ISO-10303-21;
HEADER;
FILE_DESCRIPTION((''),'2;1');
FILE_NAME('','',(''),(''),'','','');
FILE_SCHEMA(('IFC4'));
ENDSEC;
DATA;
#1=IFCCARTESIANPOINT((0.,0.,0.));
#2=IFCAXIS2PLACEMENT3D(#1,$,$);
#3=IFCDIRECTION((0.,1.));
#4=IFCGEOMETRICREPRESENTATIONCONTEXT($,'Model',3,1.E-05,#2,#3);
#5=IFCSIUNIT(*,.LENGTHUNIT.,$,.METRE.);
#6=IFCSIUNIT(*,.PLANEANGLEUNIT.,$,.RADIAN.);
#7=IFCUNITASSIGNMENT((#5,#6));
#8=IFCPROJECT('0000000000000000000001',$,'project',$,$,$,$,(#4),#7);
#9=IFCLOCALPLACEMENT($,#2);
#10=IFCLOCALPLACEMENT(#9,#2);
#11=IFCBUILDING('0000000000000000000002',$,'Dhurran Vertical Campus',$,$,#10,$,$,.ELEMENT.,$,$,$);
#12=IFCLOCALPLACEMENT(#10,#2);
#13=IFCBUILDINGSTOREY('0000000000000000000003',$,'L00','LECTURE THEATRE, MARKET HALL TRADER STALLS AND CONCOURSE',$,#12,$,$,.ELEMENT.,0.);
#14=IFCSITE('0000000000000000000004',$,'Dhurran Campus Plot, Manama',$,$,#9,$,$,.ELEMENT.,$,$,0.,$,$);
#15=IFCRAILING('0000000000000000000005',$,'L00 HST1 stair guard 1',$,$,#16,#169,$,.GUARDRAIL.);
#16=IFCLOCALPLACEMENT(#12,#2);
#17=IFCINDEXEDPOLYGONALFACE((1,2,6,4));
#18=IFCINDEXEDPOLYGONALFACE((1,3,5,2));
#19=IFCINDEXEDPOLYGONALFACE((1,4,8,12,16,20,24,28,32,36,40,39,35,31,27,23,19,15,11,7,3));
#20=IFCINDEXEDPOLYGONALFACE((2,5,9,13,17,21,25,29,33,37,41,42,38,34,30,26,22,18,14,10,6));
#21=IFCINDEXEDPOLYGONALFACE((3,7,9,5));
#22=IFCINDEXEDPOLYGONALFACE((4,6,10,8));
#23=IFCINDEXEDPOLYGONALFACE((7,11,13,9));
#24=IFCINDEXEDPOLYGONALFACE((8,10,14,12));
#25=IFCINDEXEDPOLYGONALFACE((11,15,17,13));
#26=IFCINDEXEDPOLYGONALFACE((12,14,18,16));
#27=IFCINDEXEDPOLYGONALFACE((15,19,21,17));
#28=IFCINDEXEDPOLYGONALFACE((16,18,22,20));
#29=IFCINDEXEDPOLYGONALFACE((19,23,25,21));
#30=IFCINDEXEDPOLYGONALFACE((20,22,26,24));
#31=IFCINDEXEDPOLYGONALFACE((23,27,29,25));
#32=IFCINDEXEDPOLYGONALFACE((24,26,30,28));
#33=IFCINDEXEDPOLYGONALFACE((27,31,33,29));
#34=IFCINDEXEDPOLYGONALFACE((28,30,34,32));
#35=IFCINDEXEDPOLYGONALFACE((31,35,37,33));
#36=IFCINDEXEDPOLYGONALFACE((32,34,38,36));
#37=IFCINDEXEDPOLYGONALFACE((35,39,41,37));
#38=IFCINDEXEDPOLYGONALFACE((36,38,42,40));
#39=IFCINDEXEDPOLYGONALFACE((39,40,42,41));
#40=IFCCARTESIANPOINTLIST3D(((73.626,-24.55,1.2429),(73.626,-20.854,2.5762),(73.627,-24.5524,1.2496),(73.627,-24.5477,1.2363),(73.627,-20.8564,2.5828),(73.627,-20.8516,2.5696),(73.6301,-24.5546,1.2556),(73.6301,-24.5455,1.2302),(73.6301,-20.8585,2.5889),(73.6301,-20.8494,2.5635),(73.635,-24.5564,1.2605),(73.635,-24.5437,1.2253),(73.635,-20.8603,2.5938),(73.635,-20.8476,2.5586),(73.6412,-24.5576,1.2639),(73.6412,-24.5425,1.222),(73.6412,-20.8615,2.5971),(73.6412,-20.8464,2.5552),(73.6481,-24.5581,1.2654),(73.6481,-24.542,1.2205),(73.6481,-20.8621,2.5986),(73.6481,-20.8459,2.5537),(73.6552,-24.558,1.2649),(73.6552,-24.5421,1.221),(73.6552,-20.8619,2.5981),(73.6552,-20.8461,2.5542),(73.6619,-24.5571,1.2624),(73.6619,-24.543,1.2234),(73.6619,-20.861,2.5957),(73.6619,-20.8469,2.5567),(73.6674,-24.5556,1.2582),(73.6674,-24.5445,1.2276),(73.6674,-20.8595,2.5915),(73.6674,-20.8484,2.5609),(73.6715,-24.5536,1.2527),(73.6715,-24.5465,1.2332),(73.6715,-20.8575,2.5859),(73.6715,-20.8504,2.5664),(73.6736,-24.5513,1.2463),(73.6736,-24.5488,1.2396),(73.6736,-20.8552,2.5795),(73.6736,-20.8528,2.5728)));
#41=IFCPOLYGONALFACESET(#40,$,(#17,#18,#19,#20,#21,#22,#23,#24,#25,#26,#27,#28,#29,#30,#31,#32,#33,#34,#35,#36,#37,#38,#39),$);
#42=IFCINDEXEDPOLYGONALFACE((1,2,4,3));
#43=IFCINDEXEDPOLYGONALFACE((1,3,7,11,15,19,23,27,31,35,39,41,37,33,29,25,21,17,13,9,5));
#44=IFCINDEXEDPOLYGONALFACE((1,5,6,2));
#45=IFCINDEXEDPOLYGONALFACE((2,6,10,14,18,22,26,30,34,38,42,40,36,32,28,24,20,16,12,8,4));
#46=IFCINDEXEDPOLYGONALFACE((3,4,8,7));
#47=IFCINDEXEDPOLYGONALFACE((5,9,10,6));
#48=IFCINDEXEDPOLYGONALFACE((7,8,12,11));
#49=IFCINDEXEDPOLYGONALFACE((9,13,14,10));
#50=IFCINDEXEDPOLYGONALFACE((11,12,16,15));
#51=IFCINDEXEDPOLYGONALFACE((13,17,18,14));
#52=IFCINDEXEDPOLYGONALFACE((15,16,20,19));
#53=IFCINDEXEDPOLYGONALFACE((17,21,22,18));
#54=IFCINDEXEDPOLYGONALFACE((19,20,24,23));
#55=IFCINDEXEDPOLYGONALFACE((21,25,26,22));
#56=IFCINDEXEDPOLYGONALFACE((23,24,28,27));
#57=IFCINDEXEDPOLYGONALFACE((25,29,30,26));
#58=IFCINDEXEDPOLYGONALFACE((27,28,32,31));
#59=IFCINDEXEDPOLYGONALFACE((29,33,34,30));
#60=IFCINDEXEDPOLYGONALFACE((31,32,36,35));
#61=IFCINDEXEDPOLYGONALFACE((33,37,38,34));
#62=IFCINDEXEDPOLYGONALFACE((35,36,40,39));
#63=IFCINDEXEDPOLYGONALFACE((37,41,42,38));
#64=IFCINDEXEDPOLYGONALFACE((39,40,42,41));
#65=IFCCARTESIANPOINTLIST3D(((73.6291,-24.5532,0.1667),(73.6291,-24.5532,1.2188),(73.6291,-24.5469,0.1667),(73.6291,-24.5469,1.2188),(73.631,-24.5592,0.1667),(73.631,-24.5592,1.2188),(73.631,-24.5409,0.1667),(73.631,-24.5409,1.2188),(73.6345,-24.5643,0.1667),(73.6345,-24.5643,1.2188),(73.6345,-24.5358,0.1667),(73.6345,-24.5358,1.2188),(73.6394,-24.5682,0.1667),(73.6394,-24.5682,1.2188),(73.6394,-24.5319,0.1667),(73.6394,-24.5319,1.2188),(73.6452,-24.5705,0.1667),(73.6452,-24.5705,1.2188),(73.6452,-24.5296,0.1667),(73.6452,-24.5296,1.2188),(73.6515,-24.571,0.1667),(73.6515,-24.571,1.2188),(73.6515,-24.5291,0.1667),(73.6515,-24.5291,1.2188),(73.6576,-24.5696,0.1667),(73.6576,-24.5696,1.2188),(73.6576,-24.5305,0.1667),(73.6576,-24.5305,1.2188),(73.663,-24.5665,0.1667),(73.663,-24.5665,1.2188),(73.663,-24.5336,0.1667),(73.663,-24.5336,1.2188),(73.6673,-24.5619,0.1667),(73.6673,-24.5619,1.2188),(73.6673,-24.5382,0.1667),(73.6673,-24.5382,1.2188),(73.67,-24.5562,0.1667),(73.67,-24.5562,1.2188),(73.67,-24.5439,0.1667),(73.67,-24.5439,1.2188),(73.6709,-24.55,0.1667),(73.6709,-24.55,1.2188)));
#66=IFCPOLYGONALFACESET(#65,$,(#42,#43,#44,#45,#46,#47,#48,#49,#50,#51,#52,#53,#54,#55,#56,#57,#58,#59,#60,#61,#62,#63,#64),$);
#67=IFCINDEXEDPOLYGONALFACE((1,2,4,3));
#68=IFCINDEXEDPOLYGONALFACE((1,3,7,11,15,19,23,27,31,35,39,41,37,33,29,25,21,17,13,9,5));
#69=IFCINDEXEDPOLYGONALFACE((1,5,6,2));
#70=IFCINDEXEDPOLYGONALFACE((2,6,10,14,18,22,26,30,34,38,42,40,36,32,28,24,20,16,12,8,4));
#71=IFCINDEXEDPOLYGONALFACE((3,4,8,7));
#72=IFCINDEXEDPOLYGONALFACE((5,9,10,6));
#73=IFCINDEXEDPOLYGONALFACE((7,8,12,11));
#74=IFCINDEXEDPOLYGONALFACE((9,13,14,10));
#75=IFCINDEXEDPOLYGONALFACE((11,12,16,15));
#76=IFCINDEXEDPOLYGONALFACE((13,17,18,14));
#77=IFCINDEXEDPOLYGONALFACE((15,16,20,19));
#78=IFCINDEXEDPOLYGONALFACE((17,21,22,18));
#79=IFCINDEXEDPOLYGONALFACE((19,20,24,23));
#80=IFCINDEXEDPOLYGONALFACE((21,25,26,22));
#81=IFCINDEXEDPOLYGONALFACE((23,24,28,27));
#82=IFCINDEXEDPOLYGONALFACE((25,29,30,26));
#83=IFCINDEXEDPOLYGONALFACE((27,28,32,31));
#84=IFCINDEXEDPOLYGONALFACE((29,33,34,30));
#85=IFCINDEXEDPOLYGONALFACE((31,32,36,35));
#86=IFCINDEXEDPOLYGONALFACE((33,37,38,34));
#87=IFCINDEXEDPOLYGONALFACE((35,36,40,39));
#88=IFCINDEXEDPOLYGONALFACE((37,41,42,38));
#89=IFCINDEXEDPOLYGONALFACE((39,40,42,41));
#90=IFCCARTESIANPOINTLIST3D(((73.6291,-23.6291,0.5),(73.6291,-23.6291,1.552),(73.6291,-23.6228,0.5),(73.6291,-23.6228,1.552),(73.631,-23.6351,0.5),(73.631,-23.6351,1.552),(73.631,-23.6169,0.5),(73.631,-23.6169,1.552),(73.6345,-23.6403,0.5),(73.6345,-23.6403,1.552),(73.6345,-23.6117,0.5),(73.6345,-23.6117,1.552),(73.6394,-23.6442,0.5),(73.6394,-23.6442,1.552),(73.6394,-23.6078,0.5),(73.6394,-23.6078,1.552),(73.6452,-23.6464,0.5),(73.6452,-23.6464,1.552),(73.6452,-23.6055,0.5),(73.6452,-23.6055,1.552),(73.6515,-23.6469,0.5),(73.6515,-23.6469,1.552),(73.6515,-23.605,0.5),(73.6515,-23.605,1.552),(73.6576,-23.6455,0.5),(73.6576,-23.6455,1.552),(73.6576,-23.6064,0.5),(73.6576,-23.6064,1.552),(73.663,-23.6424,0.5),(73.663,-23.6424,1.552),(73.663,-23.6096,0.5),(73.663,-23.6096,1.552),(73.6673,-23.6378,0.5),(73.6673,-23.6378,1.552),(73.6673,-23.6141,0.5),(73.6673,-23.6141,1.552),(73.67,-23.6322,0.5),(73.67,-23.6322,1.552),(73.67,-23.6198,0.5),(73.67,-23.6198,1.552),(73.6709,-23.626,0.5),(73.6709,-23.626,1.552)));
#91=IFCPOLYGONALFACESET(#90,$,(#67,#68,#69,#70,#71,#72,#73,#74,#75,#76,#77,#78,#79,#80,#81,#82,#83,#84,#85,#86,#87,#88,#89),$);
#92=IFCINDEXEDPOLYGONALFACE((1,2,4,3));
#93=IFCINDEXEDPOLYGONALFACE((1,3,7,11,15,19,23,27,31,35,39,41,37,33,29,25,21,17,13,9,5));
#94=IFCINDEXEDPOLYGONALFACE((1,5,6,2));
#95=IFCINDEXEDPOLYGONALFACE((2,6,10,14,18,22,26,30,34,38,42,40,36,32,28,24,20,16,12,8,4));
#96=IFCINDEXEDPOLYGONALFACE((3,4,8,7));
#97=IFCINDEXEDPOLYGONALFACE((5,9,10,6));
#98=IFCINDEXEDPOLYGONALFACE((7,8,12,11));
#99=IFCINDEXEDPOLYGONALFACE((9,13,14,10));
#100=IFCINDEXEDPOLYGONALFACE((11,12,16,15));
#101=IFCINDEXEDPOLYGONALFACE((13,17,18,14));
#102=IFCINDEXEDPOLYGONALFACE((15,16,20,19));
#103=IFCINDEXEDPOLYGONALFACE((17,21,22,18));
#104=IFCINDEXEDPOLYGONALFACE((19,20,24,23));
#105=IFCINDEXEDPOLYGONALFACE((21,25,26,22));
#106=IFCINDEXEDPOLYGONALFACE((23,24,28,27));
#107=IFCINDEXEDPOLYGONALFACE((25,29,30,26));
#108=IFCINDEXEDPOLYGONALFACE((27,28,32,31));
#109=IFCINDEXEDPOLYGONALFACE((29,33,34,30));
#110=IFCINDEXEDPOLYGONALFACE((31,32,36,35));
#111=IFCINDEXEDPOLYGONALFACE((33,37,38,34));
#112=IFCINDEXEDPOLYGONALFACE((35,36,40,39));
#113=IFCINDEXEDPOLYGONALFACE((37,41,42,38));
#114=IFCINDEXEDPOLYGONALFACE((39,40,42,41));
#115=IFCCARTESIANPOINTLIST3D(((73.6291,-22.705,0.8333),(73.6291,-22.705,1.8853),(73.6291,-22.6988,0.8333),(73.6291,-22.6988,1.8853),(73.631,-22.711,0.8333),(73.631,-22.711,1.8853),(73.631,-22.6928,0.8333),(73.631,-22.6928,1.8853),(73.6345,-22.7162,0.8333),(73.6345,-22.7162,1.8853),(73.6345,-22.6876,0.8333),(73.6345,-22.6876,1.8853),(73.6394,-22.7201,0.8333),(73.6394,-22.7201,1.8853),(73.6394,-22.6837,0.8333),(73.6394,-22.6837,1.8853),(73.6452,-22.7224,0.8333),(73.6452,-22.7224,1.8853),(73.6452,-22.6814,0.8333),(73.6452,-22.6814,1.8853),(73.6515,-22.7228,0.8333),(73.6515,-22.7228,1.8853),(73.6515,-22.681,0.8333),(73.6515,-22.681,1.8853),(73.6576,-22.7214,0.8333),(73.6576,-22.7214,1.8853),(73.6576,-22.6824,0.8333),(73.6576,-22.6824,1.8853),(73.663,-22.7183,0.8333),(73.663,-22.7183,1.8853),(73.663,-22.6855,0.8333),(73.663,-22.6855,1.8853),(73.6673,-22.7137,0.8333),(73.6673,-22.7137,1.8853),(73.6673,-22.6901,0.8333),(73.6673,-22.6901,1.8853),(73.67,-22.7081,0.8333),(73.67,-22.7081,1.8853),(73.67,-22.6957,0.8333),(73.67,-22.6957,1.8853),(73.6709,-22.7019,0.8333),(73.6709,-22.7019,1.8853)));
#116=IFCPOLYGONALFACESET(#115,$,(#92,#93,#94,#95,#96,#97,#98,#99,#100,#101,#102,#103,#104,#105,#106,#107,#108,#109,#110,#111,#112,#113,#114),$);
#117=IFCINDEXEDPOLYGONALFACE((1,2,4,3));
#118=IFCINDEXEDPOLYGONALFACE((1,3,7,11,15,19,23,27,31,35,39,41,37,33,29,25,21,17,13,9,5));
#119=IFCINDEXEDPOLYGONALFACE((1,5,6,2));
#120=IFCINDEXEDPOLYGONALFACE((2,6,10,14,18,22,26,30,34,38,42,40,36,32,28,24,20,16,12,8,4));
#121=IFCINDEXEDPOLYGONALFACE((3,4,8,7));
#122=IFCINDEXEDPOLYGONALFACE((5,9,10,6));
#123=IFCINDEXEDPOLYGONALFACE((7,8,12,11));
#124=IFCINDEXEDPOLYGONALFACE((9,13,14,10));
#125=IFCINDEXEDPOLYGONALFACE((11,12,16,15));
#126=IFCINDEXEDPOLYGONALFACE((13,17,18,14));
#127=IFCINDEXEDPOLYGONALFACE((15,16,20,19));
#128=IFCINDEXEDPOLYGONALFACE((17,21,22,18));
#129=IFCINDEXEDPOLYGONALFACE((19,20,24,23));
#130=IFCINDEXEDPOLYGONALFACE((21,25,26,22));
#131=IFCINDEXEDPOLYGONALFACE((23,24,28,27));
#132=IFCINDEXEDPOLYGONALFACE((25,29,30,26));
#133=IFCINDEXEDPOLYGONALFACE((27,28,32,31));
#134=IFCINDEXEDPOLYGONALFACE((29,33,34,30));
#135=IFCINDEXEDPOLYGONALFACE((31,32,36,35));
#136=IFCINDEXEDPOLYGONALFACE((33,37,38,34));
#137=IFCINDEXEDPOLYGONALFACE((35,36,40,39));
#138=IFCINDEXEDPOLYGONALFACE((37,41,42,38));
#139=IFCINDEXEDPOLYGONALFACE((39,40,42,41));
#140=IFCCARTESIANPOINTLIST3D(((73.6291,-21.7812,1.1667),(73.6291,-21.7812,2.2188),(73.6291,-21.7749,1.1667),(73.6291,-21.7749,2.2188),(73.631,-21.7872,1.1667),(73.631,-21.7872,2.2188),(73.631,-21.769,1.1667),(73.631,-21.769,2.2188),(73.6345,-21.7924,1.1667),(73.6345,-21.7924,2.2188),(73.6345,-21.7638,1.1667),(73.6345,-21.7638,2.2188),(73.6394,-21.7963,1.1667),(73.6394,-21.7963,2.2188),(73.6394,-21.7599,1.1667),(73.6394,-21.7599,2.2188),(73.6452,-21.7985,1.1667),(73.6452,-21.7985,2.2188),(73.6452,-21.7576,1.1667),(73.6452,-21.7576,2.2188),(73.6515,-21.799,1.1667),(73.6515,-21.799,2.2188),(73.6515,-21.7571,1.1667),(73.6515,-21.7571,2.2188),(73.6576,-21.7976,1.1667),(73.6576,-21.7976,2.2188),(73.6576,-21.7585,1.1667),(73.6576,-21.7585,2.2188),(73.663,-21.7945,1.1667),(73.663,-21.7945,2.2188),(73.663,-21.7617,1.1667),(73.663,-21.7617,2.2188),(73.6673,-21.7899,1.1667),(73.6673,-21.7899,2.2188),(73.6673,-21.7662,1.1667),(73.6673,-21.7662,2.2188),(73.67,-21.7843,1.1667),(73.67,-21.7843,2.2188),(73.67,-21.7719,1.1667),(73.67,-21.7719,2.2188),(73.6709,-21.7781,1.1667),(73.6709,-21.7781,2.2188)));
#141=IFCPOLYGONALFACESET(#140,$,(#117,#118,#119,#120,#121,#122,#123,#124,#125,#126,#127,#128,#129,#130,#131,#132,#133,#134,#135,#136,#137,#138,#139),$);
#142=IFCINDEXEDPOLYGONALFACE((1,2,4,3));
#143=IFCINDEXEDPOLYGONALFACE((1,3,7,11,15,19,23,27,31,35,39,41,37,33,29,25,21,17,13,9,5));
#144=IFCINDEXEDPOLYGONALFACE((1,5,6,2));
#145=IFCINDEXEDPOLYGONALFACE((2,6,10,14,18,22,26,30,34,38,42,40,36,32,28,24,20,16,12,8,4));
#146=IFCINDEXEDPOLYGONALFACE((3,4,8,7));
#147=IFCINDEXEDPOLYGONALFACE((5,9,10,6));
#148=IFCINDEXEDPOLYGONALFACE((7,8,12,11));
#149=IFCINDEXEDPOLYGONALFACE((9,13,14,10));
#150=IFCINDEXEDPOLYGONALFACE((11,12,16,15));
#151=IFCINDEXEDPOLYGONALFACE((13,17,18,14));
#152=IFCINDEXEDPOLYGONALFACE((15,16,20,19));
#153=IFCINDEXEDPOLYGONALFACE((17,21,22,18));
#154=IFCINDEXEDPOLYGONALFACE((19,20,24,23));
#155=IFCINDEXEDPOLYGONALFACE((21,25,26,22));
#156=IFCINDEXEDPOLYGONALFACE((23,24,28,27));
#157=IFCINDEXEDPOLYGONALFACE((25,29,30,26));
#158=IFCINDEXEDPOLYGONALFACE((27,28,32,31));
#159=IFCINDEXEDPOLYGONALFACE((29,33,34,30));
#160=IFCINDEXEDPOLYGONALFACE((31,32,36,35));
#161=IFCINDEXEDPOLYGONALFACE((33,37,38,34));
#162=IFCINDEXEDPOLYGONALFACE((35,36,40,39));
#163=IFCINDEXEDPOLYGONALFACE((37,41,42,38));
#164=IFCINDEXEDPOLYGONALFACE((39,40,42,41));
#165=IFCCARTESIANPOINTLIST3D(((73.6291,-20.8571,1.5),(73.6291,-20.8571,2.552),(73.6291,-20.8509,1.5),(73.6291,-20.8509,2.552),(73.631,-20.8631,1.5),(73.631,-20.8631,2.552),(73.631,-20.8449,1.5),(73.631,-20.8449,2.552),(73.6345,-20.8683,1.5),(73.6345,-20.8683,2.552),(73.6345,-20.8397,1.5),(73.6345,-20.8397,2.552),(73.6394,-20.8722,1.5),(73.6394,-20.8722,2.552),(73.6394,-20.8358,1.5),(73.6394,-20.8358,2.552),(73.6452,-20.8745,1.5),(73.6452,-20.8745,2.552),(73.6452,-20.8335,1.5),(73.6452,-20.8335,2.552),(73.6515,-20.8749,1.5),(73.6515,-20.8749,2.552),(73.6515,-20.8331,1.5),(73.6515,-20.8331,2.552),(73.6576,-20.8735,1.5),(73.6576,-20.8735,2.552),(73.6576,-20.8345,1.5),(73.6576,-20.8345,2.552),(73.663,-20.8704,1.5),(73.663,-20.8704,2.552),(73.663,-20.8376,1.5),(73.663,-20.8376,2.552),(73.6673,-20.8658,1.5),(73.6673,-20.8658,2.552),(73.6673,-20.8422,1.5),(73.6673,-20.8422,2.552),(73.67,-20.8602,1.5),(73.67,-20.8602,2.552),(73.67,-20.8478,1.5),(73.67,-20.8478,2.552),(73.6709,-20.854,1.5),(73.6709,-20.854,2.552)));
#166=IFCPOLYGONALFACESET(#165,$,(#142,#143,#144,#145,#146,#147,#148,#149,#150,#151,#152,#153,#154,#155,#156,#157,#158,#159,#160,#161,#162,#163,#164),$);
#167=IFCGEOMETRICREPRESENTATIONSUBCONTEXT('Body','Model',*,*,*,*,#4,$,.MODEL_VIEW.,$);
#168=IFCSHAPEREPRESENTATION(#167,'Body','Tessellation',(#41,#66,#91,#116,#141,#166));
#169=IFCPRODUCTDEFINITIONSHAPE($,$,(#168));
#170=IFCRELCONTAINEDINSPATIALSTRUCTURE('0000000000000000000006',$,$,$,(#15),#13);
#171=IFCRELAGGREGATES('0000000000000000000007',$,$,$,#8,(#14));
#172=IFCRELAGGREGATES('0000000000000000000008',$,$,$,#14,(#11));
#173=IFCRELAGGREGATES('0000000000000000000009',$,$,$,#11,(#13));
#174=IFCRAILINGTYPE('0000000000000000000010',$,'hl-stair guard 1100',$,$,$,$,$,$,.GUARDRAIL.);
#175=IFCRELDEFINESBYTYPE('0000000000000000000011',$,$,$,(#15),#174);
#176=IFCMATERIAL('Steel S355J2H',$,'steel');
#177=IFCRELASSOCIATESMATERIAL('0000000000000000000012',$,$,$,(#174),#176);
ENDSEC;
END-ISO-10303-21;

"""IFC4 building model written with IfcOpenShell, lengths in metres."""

from ifc_helpers import new_model, si_unit, direction, frame, origin, origin_2d, place, context, subcontext, project, spatial, circle, extrude, material, type_object, element, save


model = new_model("IFC4")

# Units and contexts
model_context = context("Model", 3, precision=1e-05, world=origin(), true_north=direction((0.0, 1.0)))
body_context = subcontext(model_context, "Body", "Model", "MODEL_VIEW")
ifc_project = project(units=[si_unit("LENGTHUNIT", "METRE"), si_unit("PLANEANGLEUNIT", "RADIAN")], contexts=[model_context])

# Site, building, storey
site_placement = place(None, origin())
site = spatial("IfcSite", under=ifc_project, at=site_placement, Name="Dhurran Campus Plot, Manama", CompositionType="ELEMENT", RefElevation=0.0)
building_placement = place(site_placement, origin())
building = spatial("IfcBuilding", under=site, at=building_placement, Name="Dhurran Vertical Campus", CompositionType="ELEMENT")
storey_placement = place(building_placement, origin())
storey = spatial("IfcBuildingStorey", under=building, at=storey_placement, Name="L00", Description="LECTURE THEATRE, MARKET HALL TRADER STALLS AND CONCOURSE", CompositionType="ELEMENT", Elevation=0.0)

# Railing
ifc_material_1 = material(Name="Steel S355J2H", Category="steel")
railing_type_1 = type_object("IfcRailingType", Name="hl-stair guard 1100", PredefinedType="GUARDRAIL", material=ifc_material_1)
railing_1_placement = place(storey_placement, frame((73.6499, -24.55, 0.1667)))
element("IfcRailing", 1, at=railing_1_placement, inside=storey, type_object=railing_type_1, Name="L00 HST1 stair guard 1", PredefinedType="GUARDRAIL", context=body_context, shape_type="SweptSolid", body=[
    extrude(circle(Radius=0.0239, at=origin_2d()), frame((0.0, 0.0, 1.0762), z_axis=(0.0, 0.94067, 0.339322), x_axis=(-1.0, 0.0, 0.0)), (0.0, 0.0, 1.0), 3.9292),
    extrude(circle(Radius=0.021, at=origin_2d()), origin(), (0.0, 0.0, 1.0), 1.052),
    extrude(circle(Radius=0.021, at=origin_2d()), frame((0.0, 0.9241, 0.3333)), (0.0, 0.0, 1.0), 1.052),
    extrude(circle(Radius=0.021, at=origin_2d()), frame((0.0, 1.8481, 0.6665)), (0.0, 0.0, 1.0), 1.052),
    extrude(circle(Radius=0.021, at=origin_2d()), frame((0.0, 2.772, 1.0)), (0.0, 0.0, 1.0), 1.052),
    extrude(circle(Radius=0.021, at=origin_2d()), frame((0.0, 3.696, 1.3333)), (0.0, 0.0, 1.0), 1.052),
])

save(model, "model.ifc")
